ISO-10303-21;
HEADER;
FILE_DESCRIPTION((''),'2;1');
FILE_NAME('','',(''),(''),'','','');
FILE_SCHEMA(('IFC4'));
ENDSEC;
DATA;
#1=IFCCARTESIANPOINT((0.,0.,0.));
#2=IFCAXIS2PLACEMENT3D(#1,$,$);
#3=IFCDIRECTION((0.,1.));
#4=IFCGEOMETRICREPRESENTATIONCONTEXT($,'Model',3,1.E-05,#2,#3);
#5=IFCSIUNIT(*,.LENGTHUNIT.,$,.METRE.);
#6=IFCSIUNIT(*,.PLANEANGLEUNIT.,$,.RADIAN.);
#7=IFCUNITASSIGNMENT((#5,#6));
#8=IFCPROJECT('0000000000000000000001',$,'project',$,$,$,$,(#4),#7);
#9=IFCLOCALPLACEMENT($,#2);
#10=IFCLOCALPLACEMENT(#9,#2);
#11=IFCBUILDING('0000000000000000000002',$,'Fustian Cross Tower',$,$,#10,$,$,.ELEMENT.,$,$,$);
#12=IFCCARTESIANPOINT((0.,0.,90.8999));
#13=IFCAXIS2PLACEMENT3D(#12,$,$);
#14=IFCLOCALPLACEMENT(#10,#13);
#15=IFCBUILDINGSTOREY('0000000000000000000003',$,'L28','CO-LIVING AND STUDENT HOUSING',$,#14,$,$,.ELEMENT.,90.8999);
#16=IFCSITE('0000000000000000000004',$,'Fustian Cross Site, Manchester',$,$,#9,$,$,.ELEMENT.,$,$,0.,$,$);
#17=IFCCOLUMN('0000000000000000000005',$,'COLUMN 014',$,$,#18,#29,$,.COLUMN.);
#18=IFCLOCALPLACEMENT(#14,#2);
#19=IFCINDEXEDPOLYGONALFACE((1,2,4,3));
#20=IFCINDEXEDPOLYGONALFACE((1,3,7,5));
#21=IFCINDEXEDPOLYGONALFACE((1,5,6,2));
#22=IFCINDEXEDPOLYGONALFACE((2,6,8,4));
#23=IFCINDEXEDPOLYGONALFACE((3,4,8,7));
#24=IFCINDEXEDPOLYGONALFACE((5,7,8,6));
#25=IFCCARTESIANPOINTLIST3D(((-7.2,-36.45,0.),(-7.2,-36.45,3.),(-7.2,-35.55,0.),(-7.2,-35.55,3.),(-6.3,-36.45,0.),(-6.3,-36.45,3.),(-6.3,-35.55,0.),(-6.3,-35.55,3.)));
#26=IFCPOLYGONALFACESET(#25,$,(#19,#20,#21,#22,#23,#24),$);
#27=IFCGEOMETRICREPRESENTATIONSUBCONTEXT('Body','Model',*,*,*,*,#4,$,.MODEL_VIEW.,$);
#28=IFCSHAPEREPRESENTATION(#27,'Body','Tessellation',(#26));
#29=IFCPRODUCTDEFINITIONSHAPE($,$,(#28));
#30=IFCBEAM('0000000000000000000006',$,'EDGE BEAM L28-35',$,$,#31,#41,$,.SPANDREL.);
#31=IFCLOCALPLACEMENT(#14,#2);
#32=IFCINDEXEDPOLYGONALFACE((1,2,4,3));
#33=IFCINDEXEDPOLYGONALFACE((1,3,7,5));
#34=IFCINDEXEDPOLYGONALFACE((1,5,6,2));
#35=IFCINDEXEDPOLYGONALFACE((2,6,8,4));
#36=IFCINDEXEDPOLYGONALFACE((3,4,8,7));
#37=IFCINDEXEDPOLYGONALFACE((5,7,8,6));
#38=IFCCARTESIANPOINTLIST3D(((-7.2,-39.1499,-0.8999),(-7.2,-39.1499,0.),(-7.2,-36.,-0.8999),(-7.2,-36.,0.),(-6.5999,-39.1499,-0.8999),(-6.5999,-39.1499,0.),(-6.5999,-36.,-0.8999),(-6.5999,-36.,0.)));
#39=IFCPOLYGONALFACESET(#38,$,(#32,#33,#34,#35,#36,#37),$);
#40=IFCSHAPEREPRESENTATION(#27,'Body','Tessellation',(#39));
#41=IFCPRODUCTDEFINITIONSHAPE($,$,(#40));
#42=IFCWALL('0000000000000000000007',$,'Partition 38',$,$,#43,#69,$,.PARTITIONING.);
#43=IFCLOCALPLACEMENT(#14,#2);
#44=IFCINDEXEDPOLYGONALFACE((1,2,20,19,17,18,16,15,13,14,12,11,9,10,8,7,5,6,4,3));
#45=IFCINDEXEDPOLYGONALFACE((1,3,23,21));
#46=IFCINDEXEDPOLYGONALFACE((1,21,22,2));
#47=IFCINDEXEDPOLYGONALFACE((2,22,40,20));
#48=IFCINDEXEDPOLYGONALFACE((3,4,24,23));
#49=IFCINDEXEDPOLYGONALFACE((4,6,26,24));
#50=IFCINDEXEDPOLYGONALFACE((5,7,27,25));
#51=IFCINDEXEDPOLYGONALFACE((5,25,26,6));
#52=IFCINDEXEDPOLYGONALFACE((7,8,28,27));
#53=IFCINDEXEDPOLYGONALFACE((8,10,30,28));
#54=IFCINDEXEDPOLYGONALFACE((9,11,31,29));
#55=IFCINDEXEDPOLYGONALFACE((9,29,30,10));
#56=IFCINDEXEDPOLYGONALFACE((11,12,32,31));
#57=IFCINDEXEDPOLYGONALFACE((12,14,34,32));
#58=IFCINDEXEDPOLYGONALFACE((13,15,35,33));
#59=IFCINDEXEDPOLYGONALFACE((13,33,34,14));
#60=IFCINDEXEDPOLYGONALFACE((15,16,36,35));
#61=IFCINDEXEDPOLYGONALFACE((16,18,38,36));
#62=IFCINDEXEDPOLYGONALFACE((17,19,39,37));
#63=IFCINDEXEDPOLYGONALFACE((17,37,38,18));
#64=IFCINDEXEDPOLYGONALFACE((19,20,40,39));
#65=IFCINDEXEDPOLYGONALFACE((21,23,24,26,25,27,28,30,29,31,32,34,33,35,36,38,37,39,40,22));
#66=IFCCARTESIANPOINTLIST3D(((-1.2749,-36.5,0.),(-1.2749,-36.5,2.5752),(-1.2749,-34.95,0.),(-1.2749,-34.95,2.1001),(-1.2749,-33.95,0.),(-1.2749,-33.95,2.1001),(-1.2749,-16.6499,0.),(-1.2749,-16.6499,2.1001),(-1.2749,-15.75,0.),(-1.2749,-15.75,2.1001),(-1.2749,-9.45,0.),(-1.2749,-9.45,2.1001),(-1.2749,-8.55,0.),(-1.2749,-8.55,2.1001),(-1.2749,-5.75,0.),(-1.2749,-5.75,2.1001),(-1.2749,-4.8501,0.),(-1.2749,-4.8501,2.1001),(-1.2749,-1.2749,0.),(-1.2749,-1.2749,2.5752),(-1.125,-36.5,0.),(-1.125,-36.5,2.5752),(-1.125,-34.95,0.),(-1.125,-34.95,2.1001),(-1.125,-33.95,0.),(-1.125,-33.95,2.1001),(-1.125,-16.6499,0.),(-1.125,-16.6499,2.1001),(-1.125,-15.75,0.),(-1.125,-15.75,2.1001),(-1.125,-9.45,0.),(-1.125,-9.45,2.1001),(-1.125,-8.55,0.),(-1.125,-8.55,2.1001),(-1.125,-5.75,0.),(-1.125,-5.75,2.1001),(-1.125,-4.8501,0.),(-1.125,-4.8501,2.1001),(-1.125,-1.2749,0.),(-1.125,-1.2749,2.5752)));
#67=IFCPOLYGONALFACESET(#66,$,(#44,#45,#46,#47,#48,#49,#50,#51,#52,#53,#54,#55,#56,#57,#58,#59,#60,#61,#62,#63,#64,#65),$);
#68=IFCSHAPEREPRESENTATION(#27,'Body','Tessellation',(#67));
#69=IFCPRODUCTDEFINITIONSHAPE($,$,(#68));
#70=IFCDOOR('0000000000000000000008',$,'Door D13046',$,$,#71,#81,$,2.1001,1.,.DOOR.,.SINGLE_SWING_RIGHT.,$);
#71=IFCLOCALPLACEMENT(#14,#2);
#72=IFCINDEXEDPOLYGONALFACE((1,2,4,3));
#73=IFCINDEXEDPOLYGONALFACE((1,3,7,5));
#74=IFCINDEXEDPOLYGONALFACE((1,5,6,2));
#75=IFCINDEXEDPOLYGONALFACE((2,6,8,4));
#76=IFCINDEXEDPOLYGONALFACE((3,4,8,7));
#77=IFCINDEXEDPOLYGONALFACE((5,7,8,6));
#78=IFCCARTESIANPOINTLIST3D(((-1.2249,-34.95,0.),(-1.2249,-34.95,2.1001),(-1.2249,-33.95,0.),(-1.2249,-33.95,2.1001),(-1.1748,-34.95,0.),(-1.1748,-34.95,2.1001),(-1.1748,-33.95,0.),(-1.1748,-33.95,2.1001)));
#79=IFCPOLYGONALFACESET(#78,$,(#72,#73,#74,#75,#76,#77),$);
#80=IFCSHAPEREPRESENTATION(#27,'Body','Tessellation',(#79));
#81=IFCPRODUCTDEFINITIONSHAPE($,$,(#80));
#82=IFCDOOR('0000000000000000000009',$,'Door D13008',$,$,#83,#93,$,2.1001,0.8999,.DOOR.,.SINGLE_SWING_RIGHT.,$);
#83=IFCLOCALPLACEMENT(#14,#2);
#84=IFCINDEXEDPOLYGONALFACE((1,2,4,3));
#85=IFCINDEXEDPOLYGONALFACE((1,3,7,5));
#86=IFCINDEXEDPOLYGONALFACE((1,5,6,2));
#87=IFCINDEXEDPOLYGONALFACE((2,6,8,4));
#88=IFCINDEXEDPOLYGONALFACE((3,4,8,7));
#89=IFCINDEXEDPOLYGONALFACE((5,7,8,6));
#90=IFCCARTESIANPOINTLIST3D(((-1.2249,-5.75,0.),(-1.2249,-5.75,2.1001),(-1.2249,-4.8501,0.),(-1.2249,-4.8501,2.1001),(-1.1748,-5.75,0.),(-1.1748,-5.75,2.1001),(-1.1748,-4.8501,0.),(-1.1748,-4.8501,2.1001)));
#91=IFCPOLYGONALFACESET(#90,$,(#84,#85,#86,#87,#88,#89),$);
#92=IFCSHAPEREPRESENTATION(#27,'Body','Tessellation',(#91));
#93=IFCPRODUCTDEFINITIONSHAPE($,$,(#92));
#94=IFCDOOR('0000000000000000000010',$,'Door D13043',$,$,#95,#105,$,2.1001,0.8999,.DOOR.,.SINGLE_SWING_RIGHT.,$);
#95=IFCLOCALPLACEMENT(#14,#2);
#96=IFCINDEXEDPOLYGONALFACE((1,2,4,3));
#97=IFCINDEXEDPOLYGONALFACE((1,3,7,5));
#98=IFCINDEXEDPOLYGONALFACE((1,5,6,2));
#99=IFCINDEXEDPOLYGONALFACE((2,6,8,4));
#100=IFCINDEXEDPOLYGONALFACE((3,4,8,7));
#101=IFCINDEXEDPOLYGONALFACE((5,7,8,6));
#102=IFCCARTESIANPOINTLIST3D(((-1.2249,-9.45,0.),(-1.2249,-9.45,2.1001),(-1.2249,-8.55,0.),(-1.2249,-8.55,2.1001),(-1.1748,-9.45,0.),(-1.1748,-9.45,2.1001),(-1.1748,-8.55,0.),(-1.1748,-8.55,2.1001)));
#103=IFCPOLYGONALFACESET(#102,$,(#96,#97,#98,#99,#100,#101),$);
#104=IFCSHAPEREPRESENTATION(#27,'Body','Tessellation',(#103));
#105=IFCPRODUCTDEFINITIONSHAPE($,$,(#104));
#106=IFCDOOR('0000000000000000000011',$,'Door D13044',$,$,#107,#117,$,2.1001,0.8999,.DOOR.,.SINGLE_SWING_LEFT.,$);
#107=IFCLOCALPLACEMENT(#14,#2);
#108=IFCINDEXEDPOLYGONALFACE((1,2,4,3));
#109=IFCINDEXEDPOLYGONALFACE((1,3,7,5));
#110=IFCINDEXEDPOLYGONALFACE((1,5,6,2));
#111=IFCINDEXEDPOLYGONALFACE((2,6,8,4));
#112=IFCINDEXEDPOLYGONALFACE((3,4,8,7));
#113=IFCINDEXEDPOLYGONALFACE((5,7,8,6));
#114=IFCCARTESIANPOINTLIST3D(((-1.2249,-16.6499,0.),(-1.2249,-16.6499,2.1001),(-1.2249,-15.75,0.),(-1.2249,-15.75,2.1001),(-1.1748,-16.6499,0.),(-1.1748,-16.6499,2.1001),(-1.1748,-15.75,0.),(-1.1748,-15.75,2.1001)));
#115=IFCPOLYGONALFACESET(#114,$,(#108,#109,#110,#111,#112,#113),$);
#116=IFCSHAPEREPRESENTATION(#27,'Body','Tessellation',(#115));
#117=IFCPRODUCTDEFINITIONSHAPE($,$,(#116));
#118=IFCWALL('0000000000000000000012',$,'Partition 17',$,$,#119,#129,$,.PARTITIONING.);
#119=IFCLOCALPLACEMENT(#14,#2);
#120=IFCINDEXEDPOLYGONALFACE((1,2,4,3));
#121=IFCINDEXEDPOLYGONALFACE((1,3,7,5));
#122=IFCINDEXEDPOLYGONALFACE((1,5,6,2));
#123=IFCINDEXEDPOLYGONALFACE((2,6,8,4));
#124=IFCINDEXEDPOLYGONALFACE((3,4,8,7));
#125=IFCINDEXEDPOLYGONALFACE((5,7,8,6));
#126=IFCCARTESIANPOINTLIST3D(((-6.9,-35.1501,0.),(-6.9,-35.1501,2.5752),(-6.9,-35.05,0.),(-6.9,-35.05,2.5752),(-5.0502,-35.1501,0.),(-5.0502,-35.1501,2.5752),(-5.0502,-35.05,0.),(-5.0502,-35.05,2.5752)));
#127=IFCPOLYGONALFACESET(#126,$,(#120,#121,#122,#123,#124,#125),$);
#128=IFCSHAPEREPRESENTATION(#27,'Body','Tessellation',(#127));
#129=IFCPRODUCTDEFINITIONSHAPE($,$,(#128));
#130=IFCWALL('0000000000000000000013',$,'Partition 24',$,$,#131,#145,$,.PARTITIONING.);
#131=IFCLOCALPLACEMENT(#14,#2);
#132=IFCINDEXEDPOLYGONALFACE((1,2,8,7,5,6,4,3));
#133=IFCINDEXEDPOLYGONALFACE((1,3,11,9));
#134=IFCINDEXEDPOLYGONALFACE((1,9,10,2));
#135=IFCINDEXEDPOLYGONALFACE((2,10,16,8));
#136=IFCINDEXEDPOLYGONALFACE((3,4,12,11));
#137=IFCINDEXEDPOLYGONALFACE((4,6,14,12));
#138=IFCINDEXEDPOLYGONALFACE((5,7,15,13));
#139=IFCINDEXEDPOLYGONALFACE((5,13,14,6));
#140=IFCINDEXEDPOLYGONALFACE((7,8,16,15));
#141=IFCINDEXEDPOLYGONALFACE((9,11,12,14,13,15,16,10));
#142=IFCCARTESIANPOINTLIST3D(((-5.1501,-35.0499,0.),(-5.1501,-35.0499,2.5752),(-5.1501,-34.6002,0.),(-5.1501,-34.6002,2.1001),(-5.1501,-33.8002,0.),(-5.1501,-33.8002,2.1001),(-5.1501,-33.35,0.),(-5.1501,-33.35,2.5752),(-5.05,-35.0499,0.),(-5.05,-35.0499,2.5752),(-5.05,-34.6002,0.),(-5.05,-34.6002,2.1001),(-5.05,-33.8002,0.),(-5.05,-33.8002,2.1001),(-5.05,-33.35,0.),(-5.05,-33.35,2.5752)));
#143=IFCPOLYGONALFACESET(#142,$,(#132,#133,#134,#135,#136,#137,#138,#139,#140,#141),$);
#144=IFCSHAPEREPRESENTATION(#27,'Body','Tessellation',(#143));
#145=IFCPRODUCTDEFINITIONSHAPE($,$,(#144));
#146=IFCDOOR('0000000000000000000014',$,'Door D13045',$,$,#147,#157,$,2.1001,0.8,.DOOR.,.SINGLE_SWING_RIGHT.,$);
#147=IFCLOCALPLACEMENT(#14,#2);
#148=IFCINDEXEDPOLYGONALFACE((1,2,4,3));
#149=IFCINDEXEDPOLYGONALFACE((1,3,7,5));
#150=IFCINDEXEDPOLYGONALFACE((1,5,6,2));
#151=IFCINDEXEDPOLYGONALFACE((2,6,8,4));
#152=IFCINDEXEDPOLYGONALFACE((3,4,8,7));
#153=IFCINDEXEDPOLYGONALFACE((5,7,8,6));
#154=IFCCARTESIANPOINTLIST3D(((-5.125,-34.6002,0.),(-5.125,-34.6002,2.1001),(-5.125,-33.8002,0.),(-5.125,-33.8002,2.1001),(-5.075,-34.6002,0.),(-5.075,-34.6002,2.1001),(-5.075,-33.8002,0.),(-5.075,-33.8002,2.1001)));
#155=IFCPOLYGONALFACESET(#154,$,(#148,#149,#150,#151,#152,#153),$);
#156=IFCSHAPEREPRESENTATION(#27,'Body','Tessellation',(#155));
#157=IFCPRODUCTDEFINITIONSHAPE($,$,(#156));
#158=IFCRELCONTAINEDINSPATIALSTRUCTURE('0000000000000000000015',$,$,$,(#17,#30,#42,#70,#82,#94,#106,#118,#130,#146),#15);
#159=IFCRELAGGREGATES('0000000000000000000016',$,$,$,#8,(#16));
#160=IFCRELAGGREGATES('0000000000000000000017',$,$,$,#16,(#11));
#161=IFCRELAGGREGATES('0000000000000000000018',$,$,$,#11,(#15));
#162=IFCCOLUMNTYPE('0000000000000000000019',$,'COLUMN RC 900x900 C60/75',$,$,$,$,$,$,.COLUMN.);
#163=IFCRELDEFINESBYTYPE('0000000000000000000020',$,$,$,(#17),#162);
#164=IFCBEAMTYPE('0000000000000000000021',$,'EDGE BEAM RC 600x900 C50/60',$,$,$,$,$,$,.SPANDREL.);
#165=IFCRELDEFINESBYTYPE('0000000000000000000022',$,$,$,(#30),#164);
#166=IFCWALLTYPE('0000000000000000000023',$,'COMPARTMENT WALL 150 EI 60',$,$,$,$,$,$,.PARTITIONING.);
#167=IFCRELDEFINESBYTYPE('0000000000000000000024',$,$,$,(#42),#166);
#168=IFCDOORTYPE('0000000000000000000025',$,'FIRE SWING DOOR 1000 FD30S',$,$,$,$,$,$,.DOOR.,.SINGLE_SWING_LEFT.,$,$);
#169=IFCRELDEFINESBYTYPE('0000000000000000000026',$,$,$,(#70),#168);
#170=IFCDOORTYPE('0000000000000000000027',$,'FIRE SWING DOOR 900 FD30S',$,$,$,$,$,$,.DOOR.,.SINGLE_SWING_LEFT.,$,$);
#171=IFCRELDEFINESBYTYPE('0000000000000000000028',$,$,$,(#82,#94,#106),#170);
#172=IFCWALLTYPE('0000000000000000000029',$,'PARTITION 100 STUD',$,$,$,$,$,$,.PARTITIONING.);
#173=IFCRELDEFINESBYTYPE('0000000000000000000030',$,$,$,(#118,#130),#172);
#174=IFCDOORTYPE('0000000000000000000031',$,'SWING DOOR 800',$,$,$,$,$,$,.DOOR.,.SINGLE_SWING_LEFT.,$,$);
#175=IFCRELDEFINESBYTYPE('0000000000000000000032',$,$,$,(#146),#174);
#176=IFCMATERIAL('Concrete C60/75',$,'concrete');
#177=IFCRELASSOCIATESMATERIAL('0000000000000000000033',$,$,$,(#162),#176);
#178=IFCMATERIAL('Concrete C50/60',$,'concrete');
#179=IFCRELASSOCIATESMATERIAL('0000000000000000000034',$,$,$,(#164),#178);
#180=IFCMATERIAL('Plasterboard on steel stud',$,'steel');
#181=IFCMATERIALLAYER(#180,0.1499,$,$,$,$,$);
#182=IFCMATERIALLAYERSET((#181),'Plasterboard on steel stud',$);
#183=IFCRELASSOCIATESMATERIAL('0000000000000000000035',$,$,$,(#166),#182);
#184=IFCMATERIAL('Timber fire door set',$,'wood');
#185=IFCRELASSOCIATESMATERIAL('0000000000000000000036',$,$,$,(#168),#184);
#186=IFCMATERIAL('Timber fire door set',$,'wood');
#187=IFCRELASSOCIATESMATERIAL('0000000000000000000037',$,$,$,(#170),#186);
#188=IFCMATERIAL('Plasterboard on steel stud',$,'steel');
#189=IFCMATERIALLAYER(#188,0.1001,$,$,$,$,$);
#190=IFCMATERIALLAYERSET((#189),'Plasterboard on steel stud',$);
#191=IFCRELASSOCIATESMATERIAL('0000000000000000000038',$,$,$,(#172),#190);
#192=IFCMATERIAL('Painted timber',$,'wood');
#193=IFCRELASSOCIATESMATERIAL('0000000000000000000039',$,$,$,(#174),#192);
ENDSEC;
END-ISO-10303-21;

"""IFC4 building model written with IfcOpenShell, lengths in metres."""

from ifc_helpers import new_model, si_unit, direction, frame, frame_2d, origin, origin_2d, place, context, subcontext, project, spatial, rectangle, extrude, material, layer, layer_set, material_profile, profile_set, type_object, element, fill, save


model = new_model("IFC4")

# Units and contexts
model_context = context("Model", 3, precision=1e-05, world=origin(), true_north=direction((0.0, 1.0)))
body_context = subcontext(model_context, "Body", "Model", "MODEL_VIEW")
ifc_project = project(units=[si_unit("LENGTHUNIT", "METRE"), si_unit("PLANEANGLEUNIT", "RADIAN")], contexts=[model_context])

# Site, building, storey
site_placement = place(None, origin())
site = spatial("IfcSite", under=ifc_project, at=site_placement, Name="Fustian Cross Site, Manchester", CompositionType="ELEMENT", RefElevation=0.0)
building_placement = place(site_placement, origin())
building = spatial("IfcBuilding", under=site, at=building_placement, Name="Fustian Cross Tower", CompositionType="ELEMENT")
storey_placement = place(building_placement, frame((0.0, 0.0, 90.8999)))
storey = spatial("IfcBuildingStorey", under=building, at=storey_placement, Name="L28", Description="CO-LIVING AND STUDENT HOUSING", CompositionType="ELEMENT", Elevation=90.8999)

# Column
ifc_material_1 = material(Name="Concrete C60/75", Category="concrete")
ifc_material_profile_1 = material_profile(ifc_material_1, rectangle(XDim=0.8999, YDim=0.8999, at=origin_2d()), Name="RC 900x900")
ifc_profile_set_1 = profile_set([ifc_material_profile_1], Name="Concrete C60/75")
column_type = type_object("IfcColumnType", Name="COLUMN RC 900x900 C60/75", PredefinedType="COLUMN", material=ifc_profile_set_1)
column_placement = place(storey_placement, frame((-6.75, -36.0, 0.0), z_axis=(0.0, 0.0, 1.0), x_axis=(1.0, 0.0, 0.0)))
element("IfcColumn", 1, at=column_placement, inside=storey, type_object=column_type, Name="COLUMN 014", PredefinedType="COLUMN", context=body_context, shape_type="SweptSolid", body=[
    extrude(rectangle(XDim=0.8999, YDim=0.8999, at=origin_2d()), origin(), (0.0, 0.0, 1.0), 3.0),
])

# Beam
ifc_material_2 = material(Name="Concrete C50/60", Category="concrete")
ifc_material_profile_2 = material_profile(ifc_material_2, rectangle(XDim=0.6001, YDim=0.8999, at=origin_2d()), Name="RC 600x900")
ifc_profile_set_2 = profile_set([ifc_material_profile_2], Name="Concrete C50/60")
beam_type = type_object("IfcBeamType", Name="EDGE BEAM RC 600x900 C50/60", PredefinedType="SPANDREL", material=ifc_profile_set_2)
beam_placement = place(storey_placement, frame((-6.8999, -36.0, -0.45), z_axis=(0.0, -1.0, 0.0), x_axis=(1.0, 0.0, 0.0)))
element("IfcBeam", 2, at=beam_placement, inside=storey, type_object=beam_type, Name="EDGE BEAM L28-35", PredefinedType="SPANDREL", context=body_context, shape_type="SweptSolid", body=[
    extrude(rectangle(XDim=0.6001, YDim=0.8999, at=origin_2d()), origin(), (0.0, 0.0, 1.0), 3.1499),
])

# Wall, openings, doors
ifc_material_3 = material(Name="Plasterboard on steel stud", Category="steel")
ifc_layer_1 = layer(ifc_material_3, 0.1499)
ifc_layer_set_1 = layer_set([ifc_layer_1], Name="Plasterboard on steel stud")
wall_type_1 = type_object("IfcWallType", Name="COMPARTMENT WALL 150 EI 60", PredefinedType="PARTITIONING", material=ifc_layer_set_1)
wall_1_placement = place(storey_placement, frame((-1.2, -36.5, 0.0), z_axis=(0.0, 0.0, 1.0), x_axis=(0.0, 1.0, 0.0)))
wall_1 = element("IfcWall", 3, at=wall_1_placement, inside=storey, type_object=wall_type_1, Name="Partition 38", PredefinedType="PARTITIONING", context=body_context, shape_type="SweptSolid", body=[
    extrude(rectangle(XDim=35.2251, YDim=0.1499, at=frame_2d((17.6125, 0.0))), origin(), (0.0, 0.0, 1.0), 2.5752),
])
opening_1_placement = place(wall_1_placement, frame((30.75, 0.0, 0.0)))
opening_1 = element("IfcOpeningElement", 4, at=opening_1_placement, cuts=wall_1, PredefinedType="OPENING", context=body_context, shape_type="SweptSolid", body=[
    extrude(rectangle(XDim=0.8999, YDim=2.1001, at=frame_2d((0.45, 1.05))), frame((0.0, 0.085, 0.0), z_axis=(0.0, -1.0, 0.0), x_axis=(1.0, 0.0, 0.0)), (0.0, 0.0, 1.0), 0.1699),
])
opening_2_placement = place(wall_1_placement, frame((27.05, 0.0, 0.0)))
opening_2 = element("IfcOpeningElement", 5, at=opening_2_placement, cuts=wall_1, PredefinedType="OPENING", context=body_context, shape_type="SweptSolid", body=[
    extrude(rectangle(XDim=0.8999, YDim=2.1001, at=frame_2d((0.45, 1.05))), frame((0.0, 0.085, 0.0), z_axis=(0.0, -1.0, 0.0), x_axis=(1.0, 0.0, 0.0)), (0.0, 0.0, 1.0), 0.1699),
])
opening_3_placement = place(wall_1_placement, frame((19.8501, 0.0, 0.0)))
opening_3 = element("IfcOpeningElement", 6, at=opening_3_placement, cuts=wall_1, PredefinedType="OPENING", context=body_context, shape_type="SweptSolid", body=[
    extrude(rectangle(XDim=0.8999, YDim=2.1001, at=frame_2d((0.45, 1.05))), frame((0.0, 0.085, 0.0), z_axis=(0.0, -1.0, 0.0), x_axis=(1.0, 0.0, 0.0)), (0.0, 0.0, 1.0), 0.1699),
])
opening_4_placement = place(wall_1_placement, frame((1.55, 0.0, 0.0)))
opening_4 = element("IfcOpeningElement", 7, at=opening_4_placement, cuts=wall_1, PredefinedType="OPENING", context=body_context, shape_type="SweptSolid", body=[
    extrude(rectangle(XDim=1.0, YDim=2.1001, at=frame_2d((0.5, 1.05))), frame((0.0, 0.085, 0.0), z_axis=(0.0, -1.0, 0.0), x_axis=(1.0, 0.0, 0.0)), (0.0, 0.0, 1.0), 0.1699),
])
ifc_material_4 = material(Name="Timber fire door set", Category="wood")
door_type_1 = type_object("IfcDoorType", Name="FIRE SWING DOOR 1000 FD30S", OperationType="SINGLE_SWING_LEFT", PredefinedType="DOOR", material=ifc_material_4)
door_1_placement = place(opening_4_placement, origin())
door_1 = element("IfcDoor", 8, at=door_1_placement, inside=storey, type_object=door_type_1, Name="Door D13046", OperationType="SINGLE_SWING_RIGHT", OverallHeight=2.1001, OverallWidth=1.0, PredefinedType="DOOR", context=body_context, shape_type="SweptSolid", body=[
    extrude(rectangle(XDim=1.0, YDim=2.1001, at=frame_2d((0.5, 1.05))), frame((0.0, 0.0249, 0.0), z_axis=(0.0, -1.0, 0.0), x_axis=(1.0, 0.0, 0.0)), (0.0, 0.0, 1.0), 0.05),
])
fill(opening_4, door_1)
ifc_material_5 = material(Name="Timber fire door set", Category="wood")
door_type_2 = type_object("IfcDoorType", Name="FIRE SWING DOOR 900 FD30S", OperationType="SINGLE_SWING_LEFT", PredefinedType="DOOR", material=ifc_material_5)
door_2_placement = place(opening_1_placement, origin())
door_2 = element("IfcDoor", 9, at=door_2_placement, inside=storey, type_object=door_type_2, Name="Door D13008", OperationType="SINGLE_SWING_RIGHT", OverallHeight=2.1001, OverallWidth=0.8999, PredefinedType="DOOR", context=body_context, shape_type="SweptSolid", body=[
    extrude(rectangle(XDim=0.8999, YDim=2.1001, at=frame_2d((0.45, 1.05))), frame((0.0, 0.0249, 0.0), z_axis=(0.0, -1.0, 0.0), x_axis=(1.0, 0.0, 0.0)), (0.0, 0.0, 1.0), 0.05),
])
fill(opening_1, door_2)
door_3_placement = place(opening_2_placement, origin())
door_3 = element("IfcDoor", 10, at=door_3_placement, inside=storey, type_object=door_type_2, Name="Door D13043", OperationType="SINGLE_SWING_RIGHT", OverallHeight=2.1001, OverallWidth=0.8999, PredefinedType="DOOR", context=body_context, shape_type="SweptSolid", body=[
    extrude(rectangle(XDim=0.8999, YDim=2.1001, at=frame_2d((0.45, 1.05))), frame((0.0, 0.0249, 0.0), z_axis=(0.0, -1.0, 0.0), x_axis=(1.0, 0.0, 0.0)), (0.0, 0.0, 1.0), 0.05),
])
fill(opening_2, door_3)
door_4_placement = place(opening_3_placement, origin())
door_4 = element("IfcDoor", 11, at=door_4_placement, inside=storey, type_object=door_type_2, Name="Door D13044", OperationType="SINGLE_SWING_LEFT", OverallHeight=2.1001, OverallWidth=0.8999, PredefinedType="DOOR", context=body_context, shape_type="SweptSolid", body=[
    extrude(rectangle(XDim=0.8999, YDim=2.1001, at=frame_2d((0.45, 1.05))), frame((0.0, 0.0249, 0.0), z_axis=(0.0, -1.0, 0.0), x_axis=(1.0, 0.0, 0.0)), (0.0, 0.0, 1.0), 0.05),
])
fill(opening_3, door_4)

# Wall
ifc_material_6 = material(Name="Plasterboard on steel stud", Category="steel")
ifc_layer_2 = layer(ifc_material_6, 0.1001)
ifc_layer_set_2 = layer_set([ifc_layer_2], Name="Plasterboard on steel stud")
wall_type_2 = type_object("IfcWallType", Name="PARTITION 100 STUD", PredefinedType="PARTITIONING", material=ifc_layer_set_2)
wall_2_placement = place(storey_placement, frame((-6.8999, -35.1001, 0.0), z_axis=(0.0, 0.0, 1.0), x_axis=(1.0, 0.0, 0.0)))
element("IfcWall", 12, at=wall_2_placement, inside=storey, type_object=wall_type_2, Name="Partition 17", PredefinedType="PARTITIONING", context=body_context, shape_type="SweptSolid", body=[
    extrude(rectangle(XDim=1.8499, YDim=0.1001, at=frame_2d((0.9248, 0.0))), origin(), (0.0, 0.0, 1.0), 2.5752),
])

# Wall, opening, door
wall_3_placement = place(storey_placement, frame((-5.1001, -35.05, 0.0), z_axis=(0.0, 0.0, 1.0), x_axis=(0.0, 1.0, 0.0)))
wall_3 = element("IfcWall", 13, at=wall_3_placement, inside=storey, type_object=wall_type_2, Name="Partition 24", PredefinedType="PARTITIONING", context=body_context, shape_type="SweptSolid", body=[
    extrude(rectangle(XDim=1.7, YDim=0.1001, at=frame_2d((0.8501, 0.0))), origin(), (0.0, 0.0, 1.0), 2.5752),
])
opening_5_placement = place(wall_3_placement, frame((0.45, 0.0, 0.0)))
opening_5 = element("IfcOpeningElement", 14, at=opening_5_placement, cuts=wall_3, PredefinedType="OPENING", context=body_context, shape_type="SweptSolid", body=[
    extrude(rectangle(XDim=0.8, YDim=2.1001, at=frame_2d((0.3999, 1.05))), frame((0.0, 0.0601, 0.0), z_axis=(0.0, -1.0, 0.0), x_axis=(1.0, 0.0, 0.0)), (0.0, 0.0, 1.0), 0.1201),
])
ifc_material_7 = material(Name="Painted timber", Category="wood")
door_type_3 = type_object("IfcDoorType", Name="SWING DOOR 800", OperationType="SINGLE_SWING_LEFT", PredefinedType="DOOR", material=ifc_material_7)
door_5_placement = place(opening_5_placement, origin())
door_5 = element("IfcDoor", 15, at=door_5_placement, inside=storey, type_object=door_type_3, Name="Door D13045", OperationType="SINGLE_SWING_RIGHT", OverallHeight=2.1001, OverallWidth=0.8, PredefinedType="DOOR", context=body_context, shape_type="SweptSolid", body=[
    extrude(rectangle(XDim=0.8, YDim=2.1001, at=frame_2d((0.3999, 1.05))), frame((0.0, 0.0249, 0.0), z_axis=(0.0, -1.0, 0.0), x_axis=(1.0, 0.0, 0.0)), (0.0, 0.0, 1.0), 0.05),
])
fill(opening_5, door_5)

save(model, "model.ifc")
